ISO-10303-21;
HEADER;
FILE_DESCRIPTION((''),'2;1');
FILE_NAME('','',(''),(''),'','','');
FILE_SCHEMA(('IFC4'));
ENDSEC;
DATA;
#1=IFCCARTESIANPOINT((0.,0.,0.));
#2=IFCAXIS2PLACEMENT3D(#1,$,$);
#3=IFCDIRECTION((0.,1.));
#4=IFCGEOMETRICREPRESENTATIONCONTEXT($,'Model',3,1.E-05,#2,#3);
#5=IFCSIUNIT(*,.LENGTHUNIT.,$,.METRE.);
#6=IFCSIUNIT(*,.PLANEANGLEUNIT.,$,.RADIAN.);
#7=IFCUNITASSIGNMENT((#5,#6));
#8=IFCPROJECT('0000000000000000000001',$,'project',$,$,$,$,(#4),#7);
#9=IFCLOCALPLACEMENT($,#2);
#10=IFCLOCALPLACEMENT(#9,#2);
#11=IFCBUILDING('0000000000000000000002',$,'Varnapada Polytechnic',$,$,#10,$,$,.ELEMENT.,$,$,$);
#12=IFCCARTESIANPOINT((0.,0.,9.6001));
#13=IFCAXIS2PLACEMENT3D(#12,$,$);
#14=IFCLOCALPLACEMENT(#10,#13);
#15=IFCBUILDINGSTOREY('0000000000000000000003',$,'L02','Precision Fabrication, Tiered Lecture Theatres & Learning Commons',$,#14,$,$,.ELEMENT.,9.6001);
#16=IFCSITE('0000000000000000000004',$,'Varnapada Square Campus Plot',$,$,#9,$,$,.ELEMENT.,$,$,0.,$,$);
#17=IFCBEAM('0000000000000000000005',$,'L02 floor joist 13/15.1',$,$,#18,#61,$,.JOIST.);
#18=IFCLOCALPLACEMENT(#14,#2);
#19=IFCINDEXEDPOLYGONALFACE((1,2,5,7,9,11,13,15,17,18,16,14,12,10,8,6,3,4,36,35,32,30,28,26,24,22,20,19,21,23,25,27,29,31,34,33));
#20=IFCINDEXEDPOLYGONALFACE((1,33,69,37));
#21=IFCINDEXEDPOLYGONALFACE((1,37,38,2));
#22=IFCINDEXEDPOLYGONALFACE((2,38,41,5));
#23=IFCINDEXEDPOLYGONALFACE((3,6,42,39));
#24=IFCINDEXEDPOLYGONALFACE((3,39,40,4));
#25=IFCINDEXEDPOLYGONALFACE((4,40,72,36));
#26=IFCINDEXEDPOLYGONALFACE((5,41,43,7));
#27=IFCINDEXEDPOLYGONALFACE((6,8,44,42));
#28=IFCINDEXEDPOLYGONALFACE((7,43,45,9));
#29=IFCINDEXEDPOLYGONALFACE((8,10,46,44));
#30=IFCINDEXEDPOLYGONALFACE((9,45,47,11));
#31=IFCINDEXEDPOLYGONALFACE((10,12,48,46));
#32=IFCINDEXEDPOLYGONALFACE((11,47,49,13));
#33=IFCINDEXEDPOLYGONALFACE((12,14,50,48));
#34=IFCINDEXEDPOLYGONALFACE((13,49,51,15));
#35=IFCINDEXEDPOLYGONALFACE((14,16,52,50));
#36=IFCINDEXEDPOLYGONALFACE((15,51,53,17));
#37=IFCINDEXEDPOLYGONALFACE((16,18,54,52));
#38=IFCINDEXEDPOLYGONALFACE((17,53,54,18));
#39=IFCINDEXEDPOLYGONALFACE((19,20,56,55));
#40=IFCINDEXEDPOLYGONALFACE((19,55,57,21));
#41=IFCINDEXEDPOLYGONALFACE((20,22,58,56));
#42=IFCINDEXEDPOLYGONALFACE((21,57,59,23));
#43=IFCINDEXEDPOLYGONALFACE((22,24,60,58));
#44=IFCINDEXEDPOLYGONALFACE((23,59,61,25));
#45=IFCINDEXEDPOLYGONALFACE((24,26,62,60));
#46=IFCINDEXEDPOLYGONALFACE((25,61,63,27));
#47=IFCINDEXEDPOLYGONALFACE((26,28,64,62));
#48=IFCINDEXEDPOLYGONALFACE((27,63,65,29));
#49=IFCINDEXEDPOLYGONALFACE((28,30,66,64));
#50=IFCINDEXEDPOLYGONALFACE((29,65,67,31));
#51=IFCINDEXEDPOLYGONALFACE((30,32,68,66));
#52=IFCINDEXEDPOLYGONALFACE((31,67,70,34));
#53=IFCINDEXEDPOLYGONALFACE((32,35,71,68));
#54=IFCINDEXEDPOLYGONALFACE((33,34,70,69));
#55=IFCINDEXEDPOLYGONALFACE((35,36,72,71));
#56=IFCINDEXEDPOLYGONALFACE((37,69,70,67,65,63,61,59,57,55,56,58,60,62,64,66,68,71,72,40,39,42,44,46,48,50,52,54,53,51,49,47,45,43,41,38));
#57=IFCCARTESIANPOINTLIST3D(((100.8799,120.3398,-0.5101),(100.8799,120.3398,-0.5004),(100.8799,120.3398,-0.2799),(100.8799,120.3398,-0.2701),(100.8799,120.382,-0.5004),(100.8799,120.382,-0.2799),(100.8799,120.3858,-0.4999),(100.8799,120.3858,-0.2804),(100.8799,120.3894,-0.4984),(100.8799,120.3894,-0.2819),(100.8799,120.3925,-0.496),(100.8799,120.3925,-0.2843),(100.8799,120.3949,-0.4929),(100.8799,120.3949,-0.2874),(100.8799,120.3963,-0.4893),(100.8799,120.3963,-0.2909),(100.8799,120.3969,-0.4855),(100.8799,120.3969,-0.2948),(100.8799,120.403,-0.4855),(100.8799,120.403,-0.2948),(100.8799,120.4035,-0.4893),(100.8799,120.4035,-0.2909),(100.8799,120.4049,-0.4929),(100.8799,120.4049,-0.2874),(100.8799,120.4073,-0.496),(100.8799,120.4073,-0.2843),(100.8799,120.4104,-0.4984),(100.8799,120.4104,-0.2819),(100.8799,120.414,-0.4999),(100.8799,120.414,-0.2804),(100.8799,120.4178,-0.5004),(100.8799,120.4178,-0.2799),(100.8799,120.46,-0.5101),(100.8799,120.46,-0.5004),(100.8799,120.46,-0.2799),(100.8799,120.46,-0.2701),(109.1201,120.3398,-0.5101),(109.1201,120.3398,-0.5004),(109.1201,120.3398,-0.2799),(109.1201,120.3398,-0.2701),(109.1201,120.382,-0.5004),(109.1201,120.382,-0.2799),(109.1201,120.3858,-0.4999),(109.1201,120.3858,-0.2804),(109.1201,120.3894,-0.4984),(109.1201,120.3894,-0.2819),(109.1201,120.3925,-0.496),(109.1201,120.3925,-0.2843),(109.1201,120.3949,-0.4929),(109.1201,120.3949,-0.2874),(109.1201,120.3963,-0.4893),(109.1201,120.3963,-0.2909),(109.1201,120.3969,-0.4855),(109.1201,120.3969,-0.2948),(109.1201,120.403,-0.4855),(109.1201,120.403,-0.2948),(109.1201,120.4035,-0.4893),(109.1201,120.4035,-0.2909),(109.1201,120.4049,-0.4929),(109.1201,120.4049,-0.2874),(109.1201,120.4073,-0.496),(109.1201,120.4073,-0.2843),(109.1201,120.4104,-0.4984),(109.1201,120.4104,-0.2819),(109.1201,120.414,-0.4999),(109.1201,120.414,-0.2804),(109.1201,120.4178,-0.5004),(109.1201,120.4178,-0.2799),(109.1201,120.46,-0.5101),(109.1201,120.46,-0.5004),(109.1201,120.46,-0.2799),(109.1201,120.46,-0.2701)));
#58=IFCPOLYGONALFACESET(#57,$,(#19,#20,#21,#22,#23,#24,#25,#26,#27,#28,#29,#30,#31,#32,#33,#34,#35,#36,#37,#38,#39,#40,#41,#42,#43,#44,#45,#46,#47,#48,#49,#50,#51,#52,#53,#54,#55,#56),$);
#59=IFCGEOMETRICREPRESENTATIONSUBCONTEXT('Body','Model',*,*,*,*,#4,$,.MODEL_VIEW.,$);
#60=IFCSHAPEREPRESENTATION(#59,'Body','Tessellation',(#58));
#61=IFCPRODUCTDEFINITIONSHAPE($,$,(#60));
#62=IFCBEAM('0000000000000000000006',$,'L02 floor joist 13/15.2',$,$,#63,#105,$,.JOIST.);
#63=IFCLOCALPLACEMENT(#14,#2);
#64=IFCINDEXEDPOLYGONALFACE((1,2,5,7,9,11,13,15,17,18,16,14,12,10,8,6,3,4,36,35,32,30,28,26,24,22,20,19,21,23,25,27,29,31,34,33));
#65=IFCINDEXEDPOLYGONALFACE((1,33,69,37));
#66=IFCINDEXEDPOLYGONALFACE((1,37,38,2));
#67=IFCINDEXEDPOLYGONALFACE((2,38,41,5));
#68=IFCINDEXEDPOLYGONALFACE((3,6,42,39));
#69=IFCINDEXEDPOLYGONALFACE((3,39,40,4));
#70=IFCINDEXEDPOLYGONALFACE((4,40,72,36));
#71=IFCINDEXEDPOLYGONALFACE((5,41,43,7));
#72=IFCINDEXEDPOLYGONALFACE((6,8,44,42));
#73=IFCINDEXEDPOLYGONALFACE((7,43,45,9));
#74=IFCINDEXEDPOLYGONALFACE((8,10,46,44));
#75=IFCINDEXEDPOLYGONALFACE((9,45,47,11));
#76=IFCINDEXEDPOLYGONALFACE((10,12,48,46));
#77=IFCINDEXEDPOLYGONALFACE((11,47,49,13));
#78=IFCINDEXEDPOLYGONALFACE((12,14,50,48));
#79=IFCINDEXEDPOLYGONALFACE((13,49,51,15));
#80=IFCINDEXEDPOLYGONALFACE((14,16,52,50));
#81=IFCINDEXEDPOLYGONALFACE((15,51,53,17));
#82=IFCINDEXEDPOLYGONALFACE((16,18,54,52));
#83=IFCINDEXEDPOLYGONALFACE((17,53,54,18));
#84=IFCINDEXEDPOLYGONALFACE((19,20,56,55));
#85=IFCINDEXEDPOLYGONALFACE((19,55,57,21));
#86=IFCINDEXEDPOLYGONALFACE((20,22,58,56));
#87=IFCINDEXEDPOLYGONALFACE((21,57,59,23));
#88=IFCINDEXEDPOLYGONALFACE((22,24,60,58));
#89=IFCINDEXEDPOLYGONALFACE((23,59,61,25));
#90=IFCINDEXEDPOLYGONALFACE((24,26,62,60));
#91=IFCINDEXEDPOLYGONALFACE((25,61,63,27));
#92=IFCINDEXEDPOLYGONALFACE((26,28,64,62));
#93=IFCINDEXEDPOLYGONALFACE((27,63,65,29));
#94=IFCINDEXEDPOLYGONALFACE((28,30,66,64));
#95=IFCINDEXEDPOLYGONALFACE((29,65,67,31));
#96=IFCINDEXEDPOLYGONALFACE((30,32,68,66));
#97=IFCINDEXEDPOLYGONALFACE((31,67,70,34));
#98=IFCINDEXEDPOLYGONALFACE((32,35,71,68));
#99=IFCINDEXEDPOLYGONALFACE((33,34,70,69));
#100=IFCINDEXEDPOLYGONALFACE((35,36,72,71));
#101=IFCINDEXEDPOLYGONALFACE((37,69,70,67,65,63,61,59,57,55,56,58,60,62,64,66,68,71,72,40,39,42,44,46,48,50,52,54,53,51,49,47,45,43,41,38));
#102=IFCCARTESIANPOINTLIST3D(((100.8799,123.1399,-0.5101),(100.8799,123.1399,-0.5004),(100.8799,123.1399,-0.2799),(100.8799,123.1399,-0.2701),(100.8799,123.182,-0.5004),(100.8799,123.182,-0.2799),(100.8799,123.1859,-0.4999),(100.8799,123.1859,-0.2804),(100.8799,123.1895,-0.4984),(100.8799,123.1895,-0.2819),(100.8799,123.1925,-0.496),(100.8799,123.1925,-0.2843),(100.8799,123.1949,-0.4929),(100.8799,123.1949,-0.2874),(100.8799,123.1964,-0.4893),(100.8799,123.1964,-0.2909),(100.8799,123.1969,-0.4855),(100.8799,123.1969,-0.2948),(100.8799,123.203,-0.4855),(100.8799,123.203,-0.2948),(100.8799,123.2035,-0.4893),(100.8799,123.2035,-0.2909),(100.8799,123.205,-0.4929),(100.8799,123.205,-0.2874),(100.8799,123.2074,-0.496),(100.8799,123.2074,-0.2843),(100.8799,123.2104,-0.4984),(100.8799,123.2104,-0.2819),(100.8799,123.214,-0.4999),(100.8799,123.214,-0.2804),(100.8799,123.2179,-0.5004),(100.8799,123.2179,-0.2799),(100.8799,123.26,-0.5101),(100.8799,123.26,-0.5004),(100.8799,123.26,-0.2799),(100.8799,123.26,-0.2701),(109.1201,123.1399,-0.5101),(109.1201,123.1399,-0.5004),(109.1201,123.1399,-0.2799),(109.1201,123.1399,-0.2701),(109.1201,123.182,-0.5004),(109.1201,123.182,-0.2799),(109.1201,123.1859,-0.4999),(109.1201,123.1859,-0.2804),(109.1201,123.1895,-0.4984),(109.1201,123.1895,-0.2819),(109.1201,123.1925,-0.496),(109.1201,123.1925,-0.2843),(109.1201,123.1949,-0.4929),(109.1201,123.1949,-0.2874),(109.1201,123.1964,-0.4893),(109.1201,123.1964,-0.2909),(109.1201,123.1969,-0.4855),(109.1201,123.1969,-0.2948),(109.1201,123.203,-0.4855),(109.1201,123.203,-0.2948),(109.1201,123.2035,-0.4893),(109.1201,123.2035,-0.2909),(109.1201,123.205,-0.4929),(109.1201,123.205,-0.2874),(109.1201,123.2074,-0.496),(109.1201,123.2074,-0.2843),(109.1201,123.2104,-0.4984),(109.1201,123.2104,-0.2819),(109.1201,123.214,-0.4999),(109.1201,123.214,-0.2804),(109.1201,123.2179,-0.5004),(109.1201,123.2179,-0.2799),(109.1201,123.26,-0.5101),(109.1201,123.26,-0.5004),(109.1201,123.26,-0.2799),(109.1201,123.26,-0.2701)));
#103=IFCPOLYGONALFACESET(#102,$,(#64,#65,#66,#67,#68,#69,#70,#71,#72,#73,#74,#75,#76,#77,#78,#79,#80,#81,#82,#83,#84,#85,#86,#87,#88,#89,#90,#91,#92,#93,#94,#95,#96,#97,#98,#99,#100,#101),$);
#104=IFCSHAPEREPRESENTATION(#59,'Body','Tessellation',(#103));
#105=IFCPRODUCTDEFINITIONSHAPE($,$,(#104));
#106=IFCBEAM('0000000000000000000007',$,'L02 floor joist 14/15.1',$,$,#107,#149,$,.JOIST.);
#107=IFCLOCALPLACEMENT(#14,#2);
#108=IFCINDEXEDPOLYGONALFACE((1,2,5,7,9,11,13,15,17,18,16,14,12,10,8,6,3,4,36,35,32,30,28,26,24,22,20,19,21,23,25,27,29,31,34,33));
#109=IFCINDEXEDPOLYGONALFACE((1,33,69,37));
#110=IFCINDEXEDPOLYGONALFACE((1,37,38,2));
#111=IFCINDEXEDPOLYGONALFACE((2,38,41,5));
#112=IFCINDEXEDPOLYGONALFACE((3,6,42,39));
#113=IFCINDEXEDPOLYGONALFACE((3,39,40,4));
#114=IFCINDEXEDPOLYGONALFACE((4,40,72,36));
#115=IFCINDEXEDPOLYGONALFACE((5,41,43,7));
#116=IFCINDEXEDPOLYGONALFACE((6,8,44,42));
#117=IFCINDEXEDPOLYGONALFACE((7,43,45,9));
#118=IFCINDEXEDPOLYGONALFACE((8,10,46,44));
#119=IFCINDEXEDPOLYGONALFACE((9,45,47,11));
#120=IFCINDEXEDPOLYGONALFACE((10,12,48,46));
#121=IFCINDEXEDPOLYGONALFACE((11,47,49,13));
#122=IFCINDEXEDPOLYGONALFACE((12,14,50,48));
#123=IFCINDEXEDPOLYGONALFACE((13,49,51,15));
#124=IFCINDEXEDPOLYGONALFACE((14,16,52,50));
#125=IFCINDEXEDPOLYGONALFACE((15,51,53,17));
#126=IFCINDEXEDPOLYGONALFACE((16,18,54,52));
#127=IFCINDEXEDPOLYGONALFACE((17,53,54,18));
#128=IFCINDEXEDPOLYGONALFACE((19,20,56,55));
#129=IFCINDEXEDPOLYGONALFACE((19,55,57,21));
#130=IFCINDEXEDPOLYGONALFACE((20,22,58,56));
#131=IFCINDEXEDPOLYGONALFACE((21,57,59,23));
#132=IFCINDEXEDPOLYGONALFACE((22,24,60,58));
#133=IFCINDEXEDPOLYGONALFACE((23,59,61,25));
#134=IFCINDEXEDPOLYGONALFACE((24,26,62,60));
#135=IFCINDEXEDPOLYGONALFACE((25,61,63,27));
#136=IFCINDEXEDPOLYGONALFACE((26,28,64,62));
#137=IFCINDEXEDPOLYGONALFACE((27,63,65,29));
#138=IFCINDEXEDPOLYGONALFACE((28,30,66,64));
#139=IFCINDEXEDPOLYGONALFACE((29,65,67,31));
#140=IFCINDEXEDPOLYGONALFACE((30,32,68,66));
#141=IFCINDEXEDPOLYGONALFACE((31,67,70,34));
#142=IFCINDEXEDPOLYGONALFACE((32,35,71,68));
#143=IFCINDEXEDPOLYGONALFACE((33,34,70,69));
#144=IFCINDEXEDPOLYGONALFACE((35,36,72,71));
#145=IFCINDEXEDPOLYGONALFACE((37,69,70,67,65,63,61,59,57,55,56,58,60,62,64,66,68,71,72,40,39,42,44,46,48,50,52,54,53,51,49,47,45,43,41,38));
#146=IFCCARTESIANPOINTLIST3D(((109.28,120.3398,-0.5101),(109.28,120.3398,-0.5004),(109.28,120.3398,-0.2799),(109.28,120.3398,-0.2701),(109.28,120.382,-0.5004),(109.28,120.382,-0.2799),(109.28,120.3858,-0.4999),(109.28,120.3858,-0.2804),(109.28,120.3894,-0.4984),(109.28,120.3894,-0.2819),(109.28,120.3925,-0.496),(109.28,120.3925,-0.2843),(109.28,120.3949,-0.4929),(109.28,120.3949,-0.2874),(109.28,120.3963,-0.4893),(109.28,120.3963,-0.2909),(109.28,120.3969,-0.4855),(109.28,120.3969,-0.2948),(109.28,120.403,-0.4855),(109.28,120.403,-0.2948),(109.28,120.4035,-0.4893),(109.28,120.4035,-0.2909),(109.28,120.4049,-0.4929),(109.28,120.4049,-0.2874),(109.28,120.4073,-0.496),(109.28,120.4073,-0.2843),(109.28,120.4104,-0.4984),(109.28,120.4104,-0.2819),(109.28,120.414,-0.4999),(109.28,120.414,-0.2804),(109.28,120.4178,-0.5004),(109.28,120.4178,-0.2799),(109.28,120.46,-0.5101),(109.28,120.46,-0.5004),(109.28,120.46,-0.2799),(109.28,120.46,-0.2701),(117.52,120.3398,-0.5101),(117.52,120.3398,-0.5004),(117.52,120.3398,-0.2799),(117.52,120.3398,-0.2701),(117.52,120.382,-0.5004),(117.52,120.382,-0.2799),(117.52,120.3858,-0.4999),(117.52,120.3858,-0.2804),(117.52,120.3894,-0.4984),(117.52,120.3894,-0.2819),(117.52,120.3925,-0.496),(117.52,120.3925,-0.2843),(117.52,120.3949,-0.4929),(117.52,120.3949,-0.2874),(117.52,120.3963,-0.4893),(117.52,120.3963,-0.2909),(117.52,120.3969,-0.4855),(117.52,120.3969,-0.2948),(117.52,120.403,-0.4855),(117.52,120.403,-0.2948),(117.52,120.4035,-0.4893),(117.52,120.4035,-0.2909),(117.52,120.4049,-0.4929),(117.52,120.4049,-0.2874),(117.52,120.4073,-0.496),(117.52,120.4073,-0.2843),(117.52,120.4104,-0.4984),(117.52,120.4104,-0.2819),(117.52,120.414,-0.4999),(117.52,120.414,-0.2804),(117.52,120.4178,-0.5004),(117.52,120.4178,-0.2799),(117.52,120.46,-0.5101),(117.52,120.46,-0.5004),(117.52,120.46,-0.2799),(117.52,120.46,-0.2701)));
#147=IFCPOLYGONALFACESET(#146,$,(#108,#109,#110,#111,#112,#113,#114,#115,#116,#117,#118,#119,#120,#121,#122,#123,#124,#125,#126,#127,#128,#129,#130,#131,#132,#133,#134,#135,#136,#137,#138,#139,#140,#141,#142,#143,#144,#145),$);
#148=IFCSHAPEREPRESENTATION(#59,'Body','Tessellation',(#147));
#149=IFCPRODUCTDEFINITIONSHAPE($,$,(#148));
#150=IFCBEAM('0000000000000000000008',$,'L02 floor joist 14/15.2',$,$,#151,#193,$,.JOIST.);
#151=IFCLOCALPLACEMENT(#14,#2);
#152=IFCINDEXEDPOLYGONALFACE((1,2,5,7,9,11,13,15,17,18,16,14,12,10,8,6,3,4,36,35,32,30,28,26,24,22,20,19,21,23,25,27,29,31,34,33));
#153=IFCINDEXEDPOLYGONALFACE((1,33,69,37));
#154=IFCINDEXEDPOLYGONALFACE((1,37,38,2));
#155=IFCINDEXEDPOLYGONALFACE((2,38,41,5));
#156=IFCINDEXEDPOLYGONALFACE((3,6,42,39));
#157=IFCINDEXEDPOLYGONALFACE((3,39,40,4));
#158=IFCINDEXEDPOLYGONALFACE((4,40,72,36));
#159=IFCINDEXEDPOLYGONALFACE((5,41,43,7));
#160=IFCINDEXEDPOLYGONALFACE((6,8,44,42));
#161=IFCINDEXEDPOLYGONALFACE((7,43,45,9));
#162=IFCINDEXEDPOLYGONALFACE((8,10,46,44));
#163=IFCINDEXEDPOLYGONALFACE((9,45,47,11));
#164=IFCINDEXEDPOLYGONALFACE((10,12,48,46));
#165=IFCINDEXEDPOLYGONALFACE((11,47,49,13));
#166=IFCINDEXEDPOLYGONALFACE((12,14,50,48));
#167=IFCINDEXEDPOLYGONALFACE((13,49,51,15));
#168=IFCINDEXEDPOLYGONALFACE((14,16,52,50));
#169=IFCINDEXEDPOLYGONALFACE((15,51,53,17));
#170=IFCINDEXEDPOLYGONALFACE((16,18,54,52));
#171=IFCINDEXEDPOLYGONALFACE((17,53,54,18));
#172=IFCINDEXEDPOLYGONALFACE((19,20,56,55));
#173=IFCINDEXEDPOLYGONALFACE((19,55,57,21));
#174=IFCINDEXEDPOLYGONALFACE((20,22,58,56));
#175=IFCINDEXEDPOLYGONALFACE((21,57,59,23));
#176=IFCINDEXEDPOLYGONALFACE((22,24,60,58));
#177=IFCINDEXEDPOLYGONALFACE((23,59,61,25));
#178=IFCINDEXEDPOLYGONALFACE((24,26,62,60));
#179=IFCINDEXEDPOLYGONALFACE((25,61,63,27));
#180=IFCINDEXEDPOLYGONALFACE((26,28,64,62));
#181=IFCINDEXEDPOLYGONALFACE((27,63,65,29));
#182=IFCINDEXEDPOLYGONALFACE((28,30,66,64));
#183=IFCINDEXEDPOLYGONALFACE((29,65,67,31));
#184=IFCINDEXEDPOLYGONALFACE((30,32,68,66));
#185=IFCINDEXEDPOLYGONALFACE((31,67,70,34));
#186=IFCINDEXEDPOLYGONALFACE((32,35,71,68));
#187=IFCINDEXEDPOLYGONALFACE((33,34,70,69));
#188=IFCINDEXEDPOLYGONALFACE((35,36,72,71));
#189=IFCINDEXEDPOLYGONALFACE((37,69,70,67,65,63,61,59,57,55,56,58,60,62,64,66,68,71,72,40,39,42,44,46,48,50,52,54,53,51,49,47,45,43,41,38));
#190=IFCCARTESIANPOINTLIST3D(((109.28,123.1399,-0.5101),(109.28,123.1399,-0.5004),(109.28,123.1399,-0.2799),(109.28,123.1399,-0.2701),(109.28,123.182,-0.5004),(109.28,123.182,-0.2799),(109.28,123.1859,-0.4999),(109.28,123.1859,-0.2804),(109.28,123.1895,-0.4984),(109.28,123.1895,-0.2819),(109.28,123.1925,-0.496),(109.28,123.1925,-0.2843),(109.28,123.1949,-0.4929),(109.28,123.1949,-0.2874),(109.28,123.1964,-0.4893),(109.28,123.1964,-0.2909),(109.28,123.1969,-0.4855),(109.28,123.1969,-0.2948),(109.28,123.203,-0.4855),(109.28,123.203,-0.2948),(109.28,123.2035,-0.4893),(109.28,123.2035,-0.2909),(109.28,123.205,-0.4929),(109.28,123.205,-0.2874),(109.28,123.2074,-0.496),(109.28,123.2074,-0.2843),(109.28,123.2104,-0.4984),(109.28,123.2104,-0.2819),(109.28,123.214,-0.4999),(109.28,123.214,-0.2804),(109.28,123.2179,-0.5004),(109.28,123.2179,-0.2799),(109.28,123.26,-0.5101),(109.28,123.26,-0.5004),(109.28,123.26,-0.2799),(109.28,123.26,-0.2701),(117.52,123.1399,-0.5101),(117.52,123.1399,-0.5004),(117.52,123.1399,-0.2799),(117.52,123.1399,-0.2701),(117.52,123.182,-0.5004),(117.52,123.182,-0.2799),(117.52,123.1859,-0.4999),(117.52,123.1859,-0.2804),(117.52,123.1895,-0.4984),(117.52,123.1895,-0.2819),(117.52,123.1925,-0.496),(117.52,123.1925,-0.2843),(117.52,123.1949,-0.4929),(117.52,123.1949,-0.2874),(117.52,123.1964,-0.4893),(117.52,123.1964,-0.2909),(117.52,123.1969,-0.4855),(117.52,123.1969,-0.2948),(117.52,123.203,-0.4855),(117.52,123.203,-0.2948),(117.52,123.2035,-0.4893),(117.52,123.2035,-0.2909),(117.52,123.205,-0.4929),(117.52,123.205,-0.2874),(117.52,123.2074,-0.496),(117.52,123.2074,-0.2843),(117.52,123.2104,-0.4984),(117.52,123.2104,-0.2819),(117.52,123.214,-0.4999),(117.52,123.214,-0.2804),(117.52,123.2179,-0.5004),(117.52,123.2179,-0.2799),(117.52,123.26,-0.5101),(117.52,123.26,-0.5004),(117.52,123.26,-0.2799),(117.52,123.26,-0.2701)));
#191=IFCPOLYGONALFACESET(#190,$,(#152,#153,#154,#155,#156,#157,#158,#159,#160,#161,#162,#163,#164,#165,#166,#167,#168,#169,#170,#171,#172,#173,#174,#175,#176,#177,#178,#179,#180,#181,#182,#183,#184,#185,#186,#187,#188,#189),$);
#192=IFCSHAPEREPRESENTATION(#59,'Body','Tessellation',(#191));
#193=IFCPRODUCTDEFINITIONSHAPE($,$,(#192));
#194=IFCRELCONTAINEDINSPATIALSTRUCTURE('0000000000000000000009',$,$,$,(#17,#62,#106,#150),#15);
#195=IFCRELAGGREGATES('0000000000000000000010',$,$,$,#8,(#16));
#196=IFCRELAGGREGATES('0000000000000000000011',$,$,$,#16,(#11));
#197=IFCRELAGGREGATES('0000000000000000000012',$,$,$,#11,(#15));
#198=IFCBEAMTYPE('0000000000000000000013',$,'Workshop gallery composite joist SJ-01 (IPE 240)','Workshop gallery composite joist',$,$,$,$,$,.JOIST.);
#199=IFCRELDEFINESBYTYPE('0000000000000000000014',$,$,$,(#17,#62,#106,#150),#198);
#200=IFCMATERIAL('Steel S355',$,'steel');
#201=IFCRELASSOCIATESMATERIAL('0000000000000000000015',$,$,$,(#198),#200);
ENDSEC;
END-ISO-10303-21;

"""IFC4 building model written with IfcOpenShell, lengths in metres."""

from ifc_helpers import new_model, si_unit, direction, frame, origin, origin_2d, place, context, subcontext, project, spatial, i_section, extrude, material, material_profile, profile_set, type_object, element, save


model = new_model("IFC4")

# Units and contexts
model_context = context("Model", 3, precision=1e-05, world=origin(), true_north=direction((0.0, 1.0)))
body_context = subcontext(model_context, "Body", "Model", "MODEL_VIEW")
ifc_project = project(units=[si_unit("LENGTHUNIT", "METRE"), si_unit("PLANEANGLEUNIT", "RADIAN")], contexts=[model_context])

# Site, building, storey
site_placement = place(None, origin())
site = spatial("IfcSite", under=ifc_project, at=site_placement, Name="Varnapada Square Campus Plot", CompositionType="ELEMENT", RefElevation=0.0)
building_placement = place(site_placement, origin())
building = spatial("IfcBuilding", under=site, at=building_placement, Name="Varnapada Polytechnic", CompositionType="ELEMENT")
storey_placement = place(building_placement, frame((0.0, 0.0, 9.6001)))
storey = spatial("IfcBuildingStorey", under=building, at=storey_placement, Name="L02", Description="Precision Fabrication, Tiered Lecture Theatres & Learning Commons", CompositionType="ELEMENT", Elevation=9.6001)

# Beams
ifc_material_1 = material(Name="Steel S355", Category="steel")
ifc_material_profile_1 = material_profile(ifc_material_1, i_section(OverallWidth=0.1201, OverallDepth=0.24, WebThickness=0.0061, FlangeThickness=0.0098, FilletRadius=0.0149, at=origin_2d()), Name="IPE 240")
ifc_profile_set_1 = profile_set([ifc_material_profile_1], Name="Steel S355")
beam_type_1 = type_object("IfcBeamType", Name="Workshop gallery composite joist SJ-01 (IPE 240)", Description="Workshop gallery composite joist", PredefinedType="JOIST", material=ifc_profile_set_1)
for number, where, z_axis, x_axis, name in (
    (1, (100.8799, 120.3999, -0.3901), (1.0, 0.0, 0.0), (0.0, 1.0, 0.0), "L02 floor joist 13/15.1"),
    (2, (100.8799, 123.2, -0.3901), (1.0, 0.0, 0.0), (0.0, 1.0, 0.0), "L02 floor joist 13/15.2"),
):
    element("IfcBeam", number, at=place(storey_placement, frame(where, z_axis=z_axis, x_axis=x_axis)), inside=storey, type_object=beam_type_1, Name=name, PredefinedType="JOIST", context=body_context, shape_type="SweptSolid", body=[
        extrude(i_section(OverallWidth=0.1201, OverallDepth=0.24, WebThickness=0.0061, FlangeThickness=0.0098, FilletRadius=0.0149, at=origin_2d()), origin(), (0.0, 0.0, 1.0), 8.2402),
    ])
for number, where, z_axis, x_axis, name in (
    (3, (109.28, 120.3999, -0.3901), (1.0, 0.0, 0.0), (0.0, 1.0, 0.0), "L02 floor joist 14/15.1"),
    (4, (109.28, 123.2, -0.3901), (1.0, 0.0, 0.0), (0.0, 1.0, 0.0), "L02 floor joist 14/15.2"),
):
    element("IfcBeam", number, at=place(storey_placement, frame(where, z_axis=z_axis, x_axis=x_axis)), inside=storey, type_object=beam_type_1, Name=name, PredefinedType="JOIST", context=body_context, shape_type="SweptSolid", body=[
        extrude(i_section(OverallWidth=0.1201, OverallDepth=0.24, WebThickness=0.0061, FlangeThickness=0.0098, FilletRadius=0.0149, at=origin_2d()), origin(), (0.0, 0.0, 1.0), 8.24),
    ])

save(model, "model.ifc")
